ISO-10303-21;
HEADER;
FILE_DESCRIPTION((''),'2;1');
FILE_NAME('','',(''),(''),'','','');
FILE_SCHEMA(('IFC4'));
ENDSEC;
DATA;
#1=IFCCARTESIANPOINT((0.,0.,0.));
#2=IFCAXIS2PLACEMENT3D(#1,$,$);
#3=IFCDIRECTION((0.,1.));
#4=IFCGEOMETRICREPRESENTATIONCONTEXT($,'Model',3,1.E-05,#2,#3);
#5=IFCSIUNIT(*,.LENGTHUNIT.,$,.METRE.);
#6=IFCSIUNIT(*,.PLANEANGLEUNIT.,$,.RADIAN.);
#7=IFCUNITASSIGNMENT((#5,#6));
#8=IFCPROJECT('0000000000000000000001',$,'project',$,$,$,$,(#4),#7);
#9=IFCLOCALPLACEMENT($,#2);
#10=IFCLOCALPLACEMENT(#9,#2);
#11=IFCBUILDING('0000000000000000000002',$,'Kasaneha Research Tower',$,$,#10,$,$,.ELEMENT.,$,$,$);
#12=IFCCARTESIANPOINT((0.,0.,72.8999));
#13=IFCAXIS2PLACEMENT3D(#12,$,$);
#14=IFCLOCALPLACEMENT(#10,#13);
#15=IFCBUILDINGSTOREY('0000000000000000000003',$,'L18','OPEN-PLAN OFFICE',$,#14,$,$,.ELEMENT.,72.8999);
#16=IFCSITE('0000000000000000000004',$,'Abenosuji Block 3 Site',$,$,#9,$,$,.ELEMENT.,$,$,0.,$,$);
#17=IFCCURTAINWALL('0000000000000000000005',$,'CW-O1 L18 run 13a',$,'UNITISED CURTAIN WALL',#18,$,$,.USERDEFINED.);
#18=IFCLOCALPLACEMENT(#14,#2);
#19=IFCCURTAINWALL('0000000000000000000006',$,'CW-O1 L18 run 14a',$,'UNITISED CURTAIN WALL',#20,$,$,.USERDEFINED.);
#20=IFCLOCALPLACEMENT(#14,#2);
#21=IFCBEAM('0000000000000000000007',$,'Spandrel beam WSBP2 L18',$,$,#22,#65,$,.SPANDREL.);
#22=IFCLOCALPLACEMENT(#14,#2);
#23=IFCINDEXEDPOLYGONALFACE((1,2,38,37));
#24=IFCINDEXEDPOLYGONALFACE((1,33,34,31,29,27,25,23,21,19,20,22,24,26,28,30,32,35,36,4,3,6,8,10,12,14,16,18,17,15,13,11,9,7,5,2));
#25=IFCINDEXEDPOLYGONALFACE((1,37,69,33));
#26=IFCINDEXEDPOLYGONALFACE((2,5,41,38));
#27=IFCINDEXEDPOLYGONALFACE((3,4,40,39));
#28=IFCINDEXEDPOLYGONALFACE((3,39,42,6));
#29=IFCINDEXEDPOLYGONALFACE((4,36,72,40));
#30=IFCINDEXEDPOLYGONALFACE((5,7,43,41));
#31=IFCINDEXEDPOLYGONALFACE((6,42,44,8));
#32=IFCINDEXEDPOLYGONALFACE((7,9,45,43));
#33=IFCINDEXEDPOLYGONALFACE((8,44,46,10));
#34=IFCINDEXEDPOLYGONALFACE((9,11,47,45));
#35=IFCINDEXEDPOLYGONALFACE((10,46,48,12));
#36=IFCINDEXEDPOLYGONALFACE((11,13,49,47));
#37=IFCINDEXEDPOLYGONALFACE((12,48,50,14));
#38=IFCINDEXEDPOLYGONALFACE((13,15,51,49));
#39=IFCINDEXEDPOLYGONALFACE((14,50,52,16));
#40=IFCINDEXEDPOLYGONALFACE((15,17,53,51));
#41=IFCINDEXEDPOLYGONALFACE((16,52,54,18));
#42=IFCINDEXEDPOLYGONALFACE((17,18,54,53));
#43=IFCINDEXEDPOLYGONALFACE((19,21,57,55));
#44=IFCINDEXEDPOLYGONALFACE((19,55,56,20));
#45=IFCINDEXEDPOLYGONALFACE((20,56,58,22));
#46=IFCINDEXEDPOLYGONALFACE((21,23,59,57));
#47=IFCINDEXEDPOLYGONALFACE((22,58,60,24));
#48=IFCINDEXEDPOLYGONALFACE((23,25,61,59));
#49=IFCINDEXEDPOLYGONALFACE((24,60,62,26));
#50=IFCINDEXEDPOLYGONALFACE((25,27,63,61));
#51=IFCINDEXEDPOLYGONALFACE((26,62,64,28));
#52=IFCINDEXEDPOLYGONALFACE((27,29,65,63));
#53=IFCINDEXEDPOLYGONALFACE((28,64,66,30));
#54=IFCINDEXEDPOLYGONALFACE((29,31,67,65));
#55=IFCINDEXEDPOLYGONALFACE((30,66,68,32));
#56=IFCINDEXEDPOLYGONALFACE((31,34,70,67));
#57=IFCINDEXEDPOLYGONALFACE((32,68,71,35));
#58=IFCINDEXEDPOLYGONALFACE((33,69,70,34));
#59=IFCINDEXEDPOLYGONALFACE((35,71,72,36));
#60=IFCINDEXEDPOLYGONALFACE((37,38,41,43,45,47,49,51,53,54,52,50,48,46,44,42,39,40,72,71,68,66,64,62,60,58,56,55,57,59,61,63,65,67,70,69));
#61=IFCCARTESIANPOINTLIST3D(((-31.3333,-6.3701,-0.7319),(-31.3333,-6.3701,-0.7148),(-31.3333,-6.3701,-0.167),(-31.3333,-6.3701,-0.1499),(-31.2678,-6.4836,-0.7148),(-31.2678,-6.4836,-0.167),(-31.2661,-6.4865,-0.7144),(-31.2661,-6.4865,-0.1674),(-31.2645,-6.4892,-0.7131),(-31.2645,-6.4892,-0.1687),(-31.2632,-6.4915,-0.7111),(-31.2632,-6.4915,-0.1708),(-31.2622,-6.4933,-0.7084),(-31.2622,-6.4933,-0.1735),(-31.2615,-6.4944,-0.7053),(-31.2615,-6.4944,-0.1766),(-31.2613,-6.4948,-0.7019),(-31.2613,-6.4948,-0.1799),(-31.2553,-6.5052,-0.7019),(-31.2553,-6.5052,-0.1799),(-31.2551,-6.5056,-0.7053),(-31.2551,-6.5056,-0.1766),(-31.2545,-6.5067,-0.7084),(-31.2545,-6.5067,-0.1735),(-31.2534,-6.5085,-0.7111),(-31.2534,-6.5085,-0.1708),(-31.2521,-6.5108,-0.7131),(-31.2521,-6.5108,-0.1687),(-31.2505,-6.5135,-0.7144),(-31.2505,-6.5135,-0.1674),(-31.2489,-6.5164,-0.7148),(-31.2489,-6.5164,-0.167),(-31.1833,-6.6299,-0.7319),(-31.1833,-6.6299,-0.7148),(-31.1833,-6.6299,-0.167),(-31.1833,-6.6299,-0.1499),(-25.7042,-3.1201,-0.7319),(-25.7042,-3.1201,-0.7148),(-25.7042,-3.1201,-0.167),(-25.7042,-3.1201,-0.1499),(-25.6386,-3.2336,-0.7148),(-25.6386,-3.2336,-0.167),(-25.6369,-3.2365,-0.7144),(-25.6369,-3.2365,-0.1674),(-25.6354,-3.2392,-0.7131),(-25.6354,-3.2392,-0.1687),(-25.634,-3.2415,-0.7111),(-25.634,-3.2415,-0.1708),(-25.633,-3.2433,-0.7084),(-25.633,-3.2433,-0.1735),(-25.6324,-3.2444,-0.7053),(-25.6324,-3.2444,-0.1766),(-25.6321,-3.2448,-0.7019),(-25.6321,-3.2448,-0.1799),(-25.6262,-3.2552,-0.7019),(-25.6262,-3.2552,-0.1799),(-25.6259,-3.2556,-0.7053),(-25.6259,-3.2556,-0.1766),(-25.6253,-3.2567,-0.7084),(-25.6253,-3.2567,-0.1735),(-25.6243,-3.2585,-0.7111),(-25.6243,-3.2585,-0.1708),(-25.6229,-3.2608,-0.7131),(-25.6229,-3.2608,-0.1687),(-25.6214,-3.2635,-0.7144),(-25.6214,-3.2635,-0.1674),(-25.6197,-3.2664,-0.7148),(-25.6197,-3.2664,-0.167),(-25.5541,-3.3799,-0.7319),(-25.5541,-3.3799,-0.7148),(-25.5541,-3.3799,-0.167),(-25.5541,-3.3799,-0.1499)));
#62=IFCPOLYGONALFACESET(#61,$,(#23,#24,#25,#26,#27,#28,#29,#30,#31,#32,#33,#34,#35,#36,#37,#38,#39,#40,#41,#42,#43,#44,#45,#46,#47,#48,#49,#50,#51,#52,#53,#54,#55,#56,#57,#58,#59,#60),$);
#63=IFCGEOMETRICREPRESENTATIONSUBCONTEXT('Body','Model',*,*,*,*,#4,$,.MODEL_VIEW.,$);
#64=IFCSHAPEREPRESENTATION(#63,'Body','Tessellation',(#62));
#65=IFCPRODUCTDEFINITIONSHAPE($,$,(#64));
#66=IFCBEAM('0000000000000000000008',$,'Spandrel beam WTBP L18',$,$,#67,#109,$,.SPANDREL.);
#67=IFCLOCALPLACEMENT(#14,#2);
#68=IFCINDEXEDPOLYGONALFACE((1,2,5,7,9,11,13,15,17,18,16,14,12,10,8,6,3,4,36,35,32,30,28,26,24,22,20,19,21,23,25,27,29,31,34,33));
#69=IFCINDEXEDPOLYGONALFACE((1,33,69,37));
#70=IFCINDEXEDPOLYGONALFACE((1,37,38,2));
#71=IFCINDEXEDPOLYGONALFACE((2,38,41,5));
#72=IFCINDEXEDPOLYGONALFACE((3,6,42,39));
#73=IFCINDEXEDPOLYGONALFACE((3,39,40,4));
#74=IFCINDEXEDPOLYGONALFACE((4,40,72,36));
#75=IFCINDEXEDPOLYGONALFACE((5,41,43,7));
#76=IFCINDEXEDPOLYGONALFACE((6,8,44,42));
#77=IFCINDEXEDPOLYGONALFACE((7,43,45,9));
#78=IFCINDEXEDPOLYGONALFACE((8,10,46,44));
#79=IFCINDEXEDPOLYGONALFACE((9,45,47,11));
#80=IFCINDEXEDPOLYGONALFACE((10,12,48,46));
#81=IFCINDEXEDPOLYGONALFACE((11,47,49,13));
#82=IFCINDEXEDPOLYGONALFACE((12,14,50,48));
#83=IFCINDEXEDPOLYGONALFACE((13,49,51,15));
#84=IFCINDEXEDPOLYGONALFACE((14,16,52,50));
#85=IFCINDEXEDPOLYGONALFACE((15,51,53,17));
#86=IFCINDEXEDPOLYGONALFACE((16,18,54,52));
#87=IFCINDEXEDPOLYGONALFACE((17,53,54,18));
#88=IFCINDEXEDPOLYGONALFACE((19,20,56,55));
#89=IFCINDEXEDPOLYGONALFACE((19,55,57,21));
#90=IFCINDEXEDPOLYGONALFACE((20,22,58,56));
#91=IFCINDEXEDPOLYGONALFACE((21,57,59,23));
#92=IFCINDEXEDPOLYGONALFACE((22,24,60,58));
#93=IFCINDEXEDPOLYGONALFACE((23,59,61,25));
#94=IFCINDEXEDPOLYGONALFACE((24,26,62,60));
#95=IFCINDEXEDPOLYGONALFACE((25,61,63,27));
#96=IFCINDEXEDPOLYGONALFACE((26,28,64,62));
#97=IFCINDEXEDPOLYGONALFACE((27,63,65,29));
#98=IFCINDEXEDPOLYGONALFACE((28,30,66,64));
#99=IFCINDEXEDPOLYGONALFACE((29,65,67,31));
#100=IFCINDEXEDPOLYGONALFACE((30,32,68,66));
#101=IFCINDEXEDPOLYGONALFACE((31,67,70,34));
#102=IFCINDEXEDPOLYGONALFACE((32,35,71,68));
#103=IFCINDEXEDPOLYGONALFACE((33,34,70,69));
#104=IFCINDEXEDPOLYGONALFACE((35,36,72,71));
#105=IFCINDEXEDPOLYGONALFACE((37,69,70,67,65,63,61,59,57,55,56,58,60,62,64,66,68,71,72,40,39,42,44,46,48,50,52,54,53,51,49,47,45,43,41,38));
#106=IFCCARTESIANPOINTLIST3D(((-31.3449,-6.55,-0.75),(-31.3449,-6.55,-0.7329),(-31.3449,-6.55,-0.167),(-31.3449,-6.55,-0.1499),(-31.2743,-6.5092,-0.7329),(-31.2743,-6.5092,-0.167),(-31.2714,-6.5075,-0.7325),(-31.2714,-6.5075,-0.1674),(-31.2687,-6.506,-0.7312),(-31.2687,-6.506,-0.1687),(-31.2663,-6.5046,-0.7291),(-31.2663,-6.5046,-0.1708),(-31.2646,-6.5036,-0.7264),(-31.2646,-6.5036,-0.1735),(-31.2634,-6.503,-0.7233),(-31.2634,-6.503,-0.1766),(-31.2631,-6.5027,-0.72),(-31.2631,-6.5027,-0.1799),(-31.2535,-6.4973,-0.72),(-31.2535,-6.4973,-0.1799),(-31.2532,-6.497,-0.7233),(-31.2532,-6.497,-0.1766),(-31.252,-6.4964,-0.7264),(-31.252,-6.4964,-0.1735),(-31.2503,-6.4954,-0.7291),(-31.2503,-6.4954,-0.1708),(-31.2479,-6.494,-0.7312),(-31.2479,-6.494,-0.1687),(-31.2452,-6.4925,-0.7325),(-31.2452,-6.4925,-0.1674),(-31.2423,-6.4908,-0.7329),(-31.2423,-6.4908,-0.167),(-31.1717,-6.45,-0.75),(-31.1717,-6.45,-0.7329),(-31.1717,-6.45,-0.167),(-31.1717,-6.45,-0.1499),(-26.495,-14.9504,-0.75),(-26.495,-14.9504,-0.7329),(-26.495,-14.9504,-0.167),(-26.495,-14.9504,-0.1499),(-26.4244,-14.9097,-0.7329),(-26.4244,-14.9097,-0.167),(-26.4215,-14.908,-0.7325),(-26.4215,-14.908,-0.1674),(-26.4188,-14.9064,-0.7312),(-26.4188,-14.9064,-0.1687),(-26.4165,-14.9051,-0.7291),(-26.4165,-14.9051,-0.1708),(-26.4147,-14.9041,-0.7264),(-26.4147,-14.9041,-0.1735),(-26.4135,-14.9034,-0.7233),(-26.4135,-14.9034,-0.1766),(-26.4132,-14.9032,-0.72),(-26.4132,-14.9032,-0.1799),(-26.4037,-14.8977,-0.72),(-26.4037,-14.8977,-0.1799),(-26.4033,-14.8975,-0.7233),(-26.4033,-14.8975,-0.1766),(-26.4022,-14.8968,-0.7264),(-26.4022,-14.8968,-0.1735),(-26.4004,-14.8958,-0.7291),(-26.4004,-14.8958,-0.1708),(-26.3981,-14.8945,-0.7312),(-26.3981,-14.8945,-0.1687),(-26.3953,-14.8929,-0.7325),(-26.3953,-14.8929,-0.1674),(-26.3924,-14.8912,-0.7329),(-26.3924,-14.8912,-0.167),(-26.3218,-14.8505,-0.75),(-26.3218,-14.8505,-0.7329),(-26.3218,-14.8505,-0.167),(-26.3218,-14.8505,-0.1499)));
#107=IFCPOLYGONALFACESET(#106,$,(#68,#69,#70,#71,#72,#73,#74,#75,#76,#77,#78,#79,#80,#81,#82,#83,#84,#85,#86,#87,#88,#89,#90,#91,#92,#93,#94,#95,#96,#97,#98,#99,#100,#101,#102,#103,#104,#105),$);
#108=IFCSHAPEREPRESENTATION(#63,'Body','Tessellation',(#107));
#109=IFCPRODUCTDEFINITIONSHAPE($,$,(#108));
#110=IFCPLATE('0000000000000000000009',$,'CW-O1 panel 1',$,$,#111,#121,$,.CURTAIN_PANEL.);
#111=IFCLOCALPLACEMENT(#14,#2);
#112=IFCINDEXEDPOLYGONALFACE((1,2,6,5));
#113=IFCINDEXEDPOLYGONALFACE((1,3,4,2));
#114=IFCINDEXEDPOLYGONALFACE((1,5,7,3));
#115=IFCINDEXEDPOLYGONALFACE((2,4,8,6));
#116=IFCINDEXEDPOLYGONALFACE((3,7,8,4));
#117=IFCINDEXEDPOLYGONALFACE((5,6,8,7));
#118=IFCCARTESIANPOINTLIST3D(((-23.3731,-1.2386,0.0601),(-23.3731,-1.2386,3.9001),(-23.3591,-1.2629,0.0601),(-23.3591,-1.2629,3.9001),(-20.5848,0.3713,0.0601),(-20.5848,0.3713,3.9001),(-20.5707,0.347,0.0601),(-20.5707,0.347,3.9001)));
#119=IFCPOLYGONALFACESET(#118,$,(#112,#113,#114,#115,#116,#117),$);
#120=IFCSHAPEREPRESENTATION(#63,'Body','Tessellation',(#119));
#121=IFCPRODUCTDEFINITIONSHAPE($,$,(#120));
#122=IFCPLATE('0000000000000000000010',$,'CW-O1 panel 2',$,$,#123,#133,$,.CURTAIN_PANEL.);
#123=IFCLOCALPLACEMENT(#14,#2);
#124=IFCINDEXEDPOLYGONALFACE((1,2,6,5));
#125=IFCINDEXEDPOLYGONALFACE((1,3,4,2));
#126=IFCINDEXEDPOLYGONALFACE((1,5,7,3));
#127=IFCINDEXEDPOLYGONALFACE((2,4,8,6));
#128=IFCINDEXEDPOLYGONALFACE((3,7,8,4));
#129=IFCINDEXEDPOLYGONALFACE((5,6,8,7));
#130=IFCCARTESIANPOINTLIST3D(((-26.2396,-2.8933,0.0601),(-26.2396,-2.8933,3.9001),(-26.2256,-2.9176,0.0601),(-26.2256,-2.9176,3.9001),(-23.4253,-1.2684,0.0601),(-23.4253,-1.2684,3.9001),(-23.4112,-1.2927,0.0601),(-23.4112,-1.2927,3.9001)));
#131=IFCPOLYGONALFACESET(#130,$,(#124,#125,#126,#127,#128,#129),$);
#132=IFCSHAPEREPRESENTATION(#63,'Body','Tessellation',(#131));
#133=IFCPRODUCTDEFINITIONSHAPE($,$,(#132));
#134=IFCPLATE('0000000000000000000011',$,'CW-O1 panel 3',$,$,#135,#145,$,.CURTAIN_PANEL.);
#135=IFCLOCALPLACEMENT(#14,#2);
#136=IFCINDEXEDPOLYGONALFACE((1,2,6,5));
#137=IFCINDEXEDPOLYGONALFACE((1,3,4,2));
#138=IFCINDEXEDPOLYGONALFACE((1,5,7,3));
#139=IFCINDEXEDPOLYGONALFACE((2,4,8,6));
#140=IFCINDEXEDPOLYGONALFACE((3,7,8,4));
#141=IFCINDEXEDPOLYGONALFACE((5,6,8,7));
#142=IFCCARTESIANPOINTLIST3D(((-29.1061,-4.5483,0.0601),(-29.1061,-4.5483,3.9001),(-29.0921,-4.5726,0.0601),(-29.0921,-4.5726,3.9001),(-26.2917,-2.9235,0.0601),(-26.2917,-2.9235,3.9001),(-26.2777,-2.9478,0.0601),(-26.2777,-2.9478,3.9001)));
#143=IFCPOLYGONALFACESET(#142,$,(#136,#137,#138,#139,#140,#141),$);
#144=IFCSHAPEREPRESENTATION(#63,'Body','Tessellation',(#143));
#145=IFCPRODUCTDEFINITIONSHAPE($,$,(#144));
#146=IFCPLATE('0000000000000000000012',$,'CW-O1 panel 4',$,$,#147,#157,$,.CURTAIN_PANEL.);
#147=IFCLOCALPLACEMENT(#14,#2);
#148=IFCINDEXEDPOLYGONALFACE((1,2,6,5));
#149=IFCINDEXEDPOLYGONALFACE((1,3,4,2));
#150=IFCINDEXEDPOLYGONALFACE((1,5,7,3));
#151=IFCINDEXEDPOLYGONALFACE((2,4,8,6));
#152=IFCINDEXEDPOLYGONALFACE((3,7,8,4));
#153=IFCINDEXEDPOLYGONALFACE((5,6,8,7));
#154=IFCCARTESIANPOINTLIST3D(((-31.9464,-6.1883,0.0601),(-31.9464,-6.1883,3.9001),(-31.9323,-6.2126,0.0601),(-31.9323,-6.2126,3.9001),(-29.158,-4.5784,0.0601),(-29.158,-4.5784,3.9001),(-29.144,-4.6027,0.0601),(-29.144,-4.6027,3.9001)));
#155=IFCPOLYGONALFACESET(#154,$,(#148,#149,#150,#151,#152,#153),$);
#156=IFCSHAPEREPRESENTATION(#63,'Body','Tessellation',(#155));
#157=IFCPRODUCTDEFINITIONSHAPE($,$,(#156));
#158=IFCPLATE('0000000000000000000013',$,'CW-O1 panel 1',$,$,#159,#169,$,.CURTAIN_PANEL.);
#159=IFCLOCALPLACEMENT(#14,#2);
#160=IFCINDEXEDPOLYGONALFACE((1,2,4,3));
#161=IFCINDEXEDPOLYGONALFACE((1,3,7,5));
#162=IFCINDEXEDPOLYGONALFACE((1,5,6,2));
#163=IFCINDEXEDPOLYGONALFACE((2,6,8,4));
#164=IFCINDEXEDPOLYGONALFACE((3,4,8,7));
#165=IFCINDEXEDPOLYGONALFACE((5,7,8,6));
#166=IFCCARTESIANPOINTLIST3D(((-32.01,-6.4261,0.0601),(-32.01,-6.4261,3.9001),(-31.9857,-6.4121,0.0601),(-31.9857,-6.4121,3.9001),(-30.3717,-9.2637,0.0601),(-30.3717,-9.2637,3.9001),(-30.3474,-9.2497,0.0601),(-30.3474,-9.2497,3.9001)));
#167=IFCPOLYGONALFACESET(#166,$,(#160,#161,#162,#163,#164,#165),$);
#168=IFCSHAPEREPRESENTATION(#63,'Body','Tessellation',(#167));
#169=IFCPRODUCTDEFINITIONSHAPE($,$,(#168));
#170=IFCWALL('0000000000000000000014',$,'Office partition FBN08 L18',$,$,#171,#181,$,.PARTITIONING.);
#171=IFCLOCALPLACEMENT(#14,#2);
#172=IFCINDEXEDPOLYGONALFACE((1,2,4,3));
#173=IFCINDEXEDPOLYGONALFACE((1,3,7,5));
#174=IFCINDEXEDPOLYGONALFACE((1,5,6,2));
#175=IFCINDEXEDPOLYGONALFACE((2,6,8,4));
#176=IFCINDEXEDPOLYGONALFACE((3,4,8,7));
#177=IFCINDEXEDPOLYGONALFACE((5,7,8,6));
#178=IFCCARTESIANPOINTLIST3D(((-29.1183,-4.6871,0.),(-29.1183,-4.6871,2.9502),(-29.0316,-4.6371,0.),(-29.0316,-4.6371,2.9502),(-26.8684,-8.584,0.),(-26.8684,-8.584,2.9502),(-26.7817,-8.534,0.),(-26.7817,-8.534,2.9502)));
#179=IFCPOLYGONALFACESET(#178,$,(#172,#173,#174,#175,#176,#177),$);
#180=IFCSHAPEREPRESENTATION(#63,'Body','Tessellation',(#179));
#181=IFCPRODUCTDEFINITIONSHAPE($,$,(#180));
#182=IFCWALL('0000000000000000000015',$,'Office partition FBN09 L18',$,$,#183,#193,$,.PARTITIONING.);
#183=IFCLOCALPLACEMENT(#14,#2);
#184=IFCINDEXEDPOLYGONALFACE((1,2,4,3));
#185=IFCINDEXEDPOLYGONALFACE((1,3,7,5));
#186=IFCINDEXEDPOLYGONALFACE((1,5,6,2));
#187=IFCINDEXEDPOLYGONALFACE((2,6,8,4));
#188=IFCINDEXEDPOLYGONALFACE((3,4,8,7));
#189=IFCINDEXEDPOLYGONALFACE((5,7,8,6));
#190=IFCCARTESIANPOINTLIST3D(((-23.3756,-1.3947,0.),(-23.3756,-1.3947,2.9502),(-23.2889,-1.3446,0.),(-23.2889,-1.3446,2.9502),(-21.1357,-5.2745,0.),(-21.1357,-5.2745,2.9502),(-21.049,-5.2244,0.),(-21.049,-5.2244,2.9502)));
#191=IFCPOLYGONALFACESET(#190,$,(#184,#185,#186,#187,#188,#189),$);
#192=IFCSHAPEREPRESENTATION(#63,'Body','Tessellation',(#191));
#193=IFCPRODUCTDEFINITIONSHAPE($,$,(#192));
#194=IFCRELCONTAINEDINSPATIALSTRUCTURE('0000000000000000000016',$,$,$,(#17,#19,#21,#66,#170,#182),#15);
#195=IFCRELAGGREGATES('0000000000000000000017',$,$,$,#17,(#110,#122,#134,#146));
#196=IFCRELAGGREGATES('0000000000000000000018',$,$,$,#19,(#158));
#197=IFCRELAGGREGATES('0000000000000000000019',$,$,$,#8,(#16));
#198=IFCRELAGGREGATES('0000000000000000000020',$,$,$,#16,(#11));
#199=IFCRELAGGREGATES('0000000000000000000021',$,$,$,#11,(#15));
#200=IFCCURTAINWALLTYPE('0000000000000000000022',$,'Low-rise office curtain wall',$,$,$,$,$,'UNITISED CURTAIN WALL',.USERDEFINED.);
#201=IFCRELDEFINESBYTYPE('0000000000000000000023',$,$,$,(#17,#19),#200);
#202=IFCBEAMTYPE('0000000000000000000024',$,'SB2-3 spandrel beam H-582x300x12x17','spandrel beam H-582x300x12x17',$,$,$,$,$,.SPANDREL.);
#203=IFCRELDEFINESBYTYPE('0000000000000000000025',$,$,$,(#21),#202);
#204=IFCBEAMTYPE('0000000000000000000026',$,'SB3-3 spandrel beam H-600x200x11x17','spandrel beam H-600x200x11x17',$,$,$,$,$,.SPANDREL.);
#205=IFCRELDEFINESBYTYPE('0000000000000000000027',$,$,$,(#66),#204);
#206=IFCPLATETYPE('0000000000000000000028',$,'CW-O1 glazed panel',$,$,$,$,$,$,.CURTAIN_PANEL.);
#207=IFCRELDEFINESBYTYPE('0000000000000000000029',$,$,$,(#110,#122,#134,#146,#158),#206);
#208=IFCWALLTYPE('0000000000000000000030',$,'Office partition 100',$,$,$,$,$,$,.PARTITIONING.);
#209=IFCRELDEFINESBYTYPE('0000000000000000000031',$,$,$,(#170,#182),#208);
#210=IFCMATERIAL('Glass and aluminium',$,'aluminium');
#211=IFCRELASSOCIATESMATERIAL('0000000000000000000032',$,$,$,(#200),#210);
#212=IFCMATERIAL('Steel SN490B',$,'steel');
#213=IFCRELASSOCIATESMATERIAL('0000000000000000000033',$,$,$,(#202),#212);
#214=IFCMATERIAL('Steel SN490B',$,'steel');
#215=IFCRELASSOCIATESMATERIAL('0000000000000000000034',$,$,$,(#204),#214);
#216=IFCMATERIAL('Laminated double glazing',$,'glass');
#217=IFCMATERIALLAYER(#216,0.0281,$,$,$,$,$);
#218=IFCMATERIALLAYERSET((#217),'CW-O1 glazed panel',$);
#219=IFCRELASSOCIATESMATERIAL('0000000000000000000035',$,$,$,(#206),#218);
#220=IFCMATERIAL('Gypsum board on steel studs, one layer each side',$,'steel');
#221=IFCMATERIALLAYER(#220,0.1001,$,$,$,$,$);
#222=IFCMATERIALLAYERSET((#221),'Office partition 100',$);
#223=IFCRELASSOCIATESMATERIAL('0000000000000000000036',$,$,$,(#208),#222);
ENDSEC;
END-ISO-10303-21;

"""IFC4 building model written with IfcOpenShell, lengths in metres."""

from ifc_helpers import new_model, si_unit, direction, frame, frame_2d, origin, origin_2d, place, context, subcontext, project, spatial, rectangle, i_section, extrude, material, layer, layer_set, material_profile, profile_set, type_object, element, aggregate, save


model = new_model("IFC4")

# Units and contexts
model_context = context("Model", 3, precision=1e-05, world=origin(), true_north=direction((0.0, 1.0)))
body_context = subcontext(model_context, "Body", "Model", "MODEL_VIEW")
ifc_project = project(units=[si_unit("LENGTHUNIT", "METRE"), si_unit("PLANEANGLEUNIT", "RADIAN")], contexts=[model_context])

# Site, building, storey
site_placement = place(None, origin())
site = spatial("IfcSite", under=ifc_project, at=site_placement, Name="Abenosuji Block 3 Site", CompositionType="ELEMENT", RefElevation=0.0)
building_placement = place(site_placement, origin())
building = spatial("IfcBuilding", under=site, at=building_placement, Name="Kasaneha Research Tower", CompositionType="ELEMENT")
storey_placement = place(building_placement, frame((0.0, 0.0, 72.8999)))
storey = spatial("IfcBuildingStorey", under=building, at=storey_placement, Name="L18", Description="OPEN-PLAN OFFICE", CompositionType="ELEMENT", Elevation=72.8999)

# Curtain walls
ifc_material_1 = material(Name="Glass and aluminium", Category="aluminium")
curtain_wall_type = type_object("IfcCurtainWallType", Name="Low-rise office curtain wall", ElementType="UNITISED CURTAIN WALL", PredefinedType="USERDEFINED", material=ifc_material_1)
curtain_wall_1_placement = place(storey_placement, origin())
curtain_wall_1 = element("IfcCurtainWall", 1, at=curtain_wall_1_placement, inside=storey, type_object=curtain_wall_type, Name="CW-O1 L18 run 13a", ObjectType="UNITISED CURTAIN WALL", PredefinedType="USERDEFINED")
curtain_wall_2_placement = place(storey_placement, origin())
curtain_wall_2 = element("IfcCurtainWall", 2, at=curtain_wall_2_placement, inside=storey, type_object=curtain_wall_type, Name="CW-O1 L18 run 14a", ObjectType="UNITISED CURTAIN WALL", PredefinedType="USERDEFINED")

# Beams
ifc_material_2 = material(Name="Steel SN490B", Category="steel")
ifc_material_profile_1 = material_profile(ifc_material_2, i_section(OverallWidth=0.3, OverallDepth=0.582, WebThickness=0.012, FlangeThickness=0.0171, FilletRadius=0.0129, at=origin_2d()), Name="H-582x300x12x17")
ifc_profile_set_1 = profile_set([ifc_material_profile_1], Name="Steel SN490B")
beam_type_1 = type_object("IfcBeamType", Name="SB2-3 spandrel beam H-582x300x12x17", Description="spandrel beam H-582x300x12x17", PredefinedType="SPANDREL", material=ifc_profile_set_1)
beam_1_placement = place(storey_placement, frame((-25.6292, -3.25, -0.4409), z_axis=(-0.866025, -0.500001, 0.0), x_axis=(0.500001, -0.866025, 0.0)))
element("IfcBeam", 3, at=beam_1_placement, inside=storey, type_object=beam_type_1, Name="Spandrel beam WSBP2 L18", PredefinedType="SPANDREL", context=body_context, shape_type="SweptSolid", body=[
    extrude(i_section(OverallWidth=0.3, OverallDepth=0.582, WebThickness=0.012, FlangeThickness=0.0171, FilletRadius=0.0129, at=origin_2d()), origin(), (0.0, 0.0, 1.0), 6.5),
])
ifc_material_3 = material(Name="Steel SN490B", Category="steel")
ifc_material_profile_2 = material_profile(ifc_material_3, i_section(OverallWidth=0.2, OverallDepth=0.6001, WebThickness=0.011, FlangeThickness=0.0171, FilletRadius=0.0129, at=origin_2d()), Name="H-600x200x11x17")
ifc_profile_set_2 = profile_set([ifc_material_profile_2], Name="Steel SN490B")
beam_type_2 = type_object("IfcBeamType", Name="SB3-3 spandrel beam H-600x200x11x17", Description="spandrel beam H-600x200x11x17", PredefinedType="SPANDREL", material=ifc_profile_set_2)
beam_2_placement = place(storey_placement, frame((-31.2583, -6.5, -0.45), z_axis=(0.499991, -0.866031, 0.0), x_axis=(0.866031, 0.499991, 0.0)))
element("IfcBeam", 4, at=beam_2_placement, inside=storey, type_object=beam_type_2, Name="Spandrel beam WTBP L18", PredefinedType="SPANDREL", context=body_context, shape_type="SweptSolid", body=[
    extrude(i_section(OverallWidth=0.2, OverallDepth=0.6001, WebThickness=0.011, FlangeThickness=0.0171, FilletRadius=0.0129, at=origin_2d()), origin(), (0.0, 0.0, 1.0), 9.7),
])

# Plates
ifc_material_4 = material(Name="Laminated double glazing", Category="glass")
ifc_layer_1 = layer(ifc_material_4, 0.0281)
ifc_layer_set_1 = layer_set([ifc_layer_1], Name="CW-O1 glazed panel")
plate_type = type_object("IfcPlateType", Name="CW-O1 glazed panel", PredefinedType="CURTAIN_PANEL", material=ifc_layer_set_1)
plate_1_placement = place(storey_placement, frame((-21.9719, -0.4458, 0.0601), z_axis=(0.0, 0.0, 1.0), x_axis=(-0.866025, -0.5, 0.0)))
plate_1 = element("IfcPlate", 5, at=plate_1_placement, type_object=plate_type, Name="CW-O1 panel 1", PredefinedType="CURTAIN_PANEL", context=body_context, shape_type="SweptSolid", body=[
    extrude(rectangle(XDim=3.2197, YDim=0.0281, at=origin_2d()), origin(), (0.0, 0.0, 1.0), 3.8401),
])
plate_2_placement = place(storey_placement, frame((-24.8254, -2.093, 0.0601), z_axis=(0.0, 0.0, 1.0), x_axis=(-0.866025, -0.5, 0.0)))
plate_2 = element("IfcPlate", 6, at=plate_2_placement, type_object=plate_type, Name="CW-O1 panel 2", PredefinedType="CURTAIN_PANEL", context=body_context, shape_type="SweptSolid", body=[
    extrude(rectangle(XDim=3.2498, YDim=0.0281, at=origin_2d()), origin(), (0.0, 0.0, 1.0), 3.8401),
])
plate_3_placement = place(storey_placement, frame((-27.6919, -3.748, 0.0601), z_axis=(0.0, 0.0, 1.0), x_axis=(-0.866025, -0.5, 0.0)))
plate_3 = element("IfcPlate", 7, at=plate_3_placement, type_object=plate_type, Name="CW-O1 panel 3", PredefinedType="CURTAIN_PANEL", context=body_context, shape_type="SweptSolid", body=[
    extrude(rectangle(XDim=3.2498, YDim=0.0281, at=origin_2d()), origin(), (0.0, 0.0, 1.0), 3.8401),
])
plate_4_placement = place(storey_placement, frame((-30.5452, -5.3955, 0.0601), z_axis=(0.0, 0.0, 1.0), x_axis=(-0.866025, -0.5, 0.0)))
plate_4 = element("IfcPlate", 8, at=plate_4_placement, type_object=plate_type, Name="CW-O1 panel 4", PredefinedType="CURTAIN_PANEL", context=body_context, shape_type="SweptSolid", body=[
    extrude(rectangle(XDim=3.2197, YDim=0.0281, at=origin_2d()), origin(), (0.0, 0.0, 1.0), 3.8401),
])
aggregate(curtain_wall_1, [plate_1, plate_2, plate_3, plate_4])
plate_5_placement = place(storey_placement, frame((-31.1787, -7.8379, 0.0601), z_axis=(0.0, 0.0, 1.0), x_axis=(0.5, -0.866025, 0.0)))
plate_5 = element("IfcPlate", 9, at=plate_5_placement, type_object=plate_type, Name="CW-O1 panel 1", PredefinedType="CURTAIN_PANEL", context=body_context, shape_type="SweptSolid", body=[
    extrude(rectangle(XDim=3.2766, YDim=0.0281, at=origin_2d()), origin(), (0.0, 0.0, 1.0), 3.8401),
])
aggregate(curtain_wall_2, [plate_5])

# Walls
ifc_material_5 = material(Name="Gypsum board on steel studs, one layer each side", Category="steel")
ifc_layer_2 = layer(ifc_material_5, 0.1001)
ifc_layer_set_2 = layer_set([ifc_layer_2], Name="Office partition 100")
wall_type = type_object("IfcWallType", Name="Office partition 100", PredefinedType="PARTITIONING", material=ifc_layer_set_2)
wall_1_placement = place(storey_placement, frame((-26.825, -8.5591, 0.0), z_axis=(0.0, 0.0, 1.0), x_axis=(-0.500014, 0.866018, 0.0)))
element("IfcWall", 10, at=wall_1_placement, inside=storey, type_object=wall_type, Name="Office partition FBN08 L18", PredefinedType="PARTITIONING", context=body_context, shape_type="SweptSolid", body=[
    extrude(rectangle(XDim=4.4998, YDim=0.1001, at=frame_2d((2.25, 0.0))), origin(), (0.0, 0.0, 1.0), 2.9502),
])
wall_2_placement = place(storey_placement, frame((-23.3323, -1.3696, 0.0), z_axis=(0.0, 0.0, 1.0), x_axis=(0.49999, -0.866031, 0.0)))
element("IfcWall", 11, at=wall_2_placement, inside=storey, type_object=wall_type, Name="Office partition FBN09 L18", PredefinedType="PARTITIONING", context=body_context, shape_type="SweptSolid", body=[
    extrude(rectangle(XDim=4.48, YDim=0.1001, at=frame_2d((2.24, 0.0))), origin(), (0.0, 0.0, 1.0), 2.9502),
])

save(model, "model.ifc")
